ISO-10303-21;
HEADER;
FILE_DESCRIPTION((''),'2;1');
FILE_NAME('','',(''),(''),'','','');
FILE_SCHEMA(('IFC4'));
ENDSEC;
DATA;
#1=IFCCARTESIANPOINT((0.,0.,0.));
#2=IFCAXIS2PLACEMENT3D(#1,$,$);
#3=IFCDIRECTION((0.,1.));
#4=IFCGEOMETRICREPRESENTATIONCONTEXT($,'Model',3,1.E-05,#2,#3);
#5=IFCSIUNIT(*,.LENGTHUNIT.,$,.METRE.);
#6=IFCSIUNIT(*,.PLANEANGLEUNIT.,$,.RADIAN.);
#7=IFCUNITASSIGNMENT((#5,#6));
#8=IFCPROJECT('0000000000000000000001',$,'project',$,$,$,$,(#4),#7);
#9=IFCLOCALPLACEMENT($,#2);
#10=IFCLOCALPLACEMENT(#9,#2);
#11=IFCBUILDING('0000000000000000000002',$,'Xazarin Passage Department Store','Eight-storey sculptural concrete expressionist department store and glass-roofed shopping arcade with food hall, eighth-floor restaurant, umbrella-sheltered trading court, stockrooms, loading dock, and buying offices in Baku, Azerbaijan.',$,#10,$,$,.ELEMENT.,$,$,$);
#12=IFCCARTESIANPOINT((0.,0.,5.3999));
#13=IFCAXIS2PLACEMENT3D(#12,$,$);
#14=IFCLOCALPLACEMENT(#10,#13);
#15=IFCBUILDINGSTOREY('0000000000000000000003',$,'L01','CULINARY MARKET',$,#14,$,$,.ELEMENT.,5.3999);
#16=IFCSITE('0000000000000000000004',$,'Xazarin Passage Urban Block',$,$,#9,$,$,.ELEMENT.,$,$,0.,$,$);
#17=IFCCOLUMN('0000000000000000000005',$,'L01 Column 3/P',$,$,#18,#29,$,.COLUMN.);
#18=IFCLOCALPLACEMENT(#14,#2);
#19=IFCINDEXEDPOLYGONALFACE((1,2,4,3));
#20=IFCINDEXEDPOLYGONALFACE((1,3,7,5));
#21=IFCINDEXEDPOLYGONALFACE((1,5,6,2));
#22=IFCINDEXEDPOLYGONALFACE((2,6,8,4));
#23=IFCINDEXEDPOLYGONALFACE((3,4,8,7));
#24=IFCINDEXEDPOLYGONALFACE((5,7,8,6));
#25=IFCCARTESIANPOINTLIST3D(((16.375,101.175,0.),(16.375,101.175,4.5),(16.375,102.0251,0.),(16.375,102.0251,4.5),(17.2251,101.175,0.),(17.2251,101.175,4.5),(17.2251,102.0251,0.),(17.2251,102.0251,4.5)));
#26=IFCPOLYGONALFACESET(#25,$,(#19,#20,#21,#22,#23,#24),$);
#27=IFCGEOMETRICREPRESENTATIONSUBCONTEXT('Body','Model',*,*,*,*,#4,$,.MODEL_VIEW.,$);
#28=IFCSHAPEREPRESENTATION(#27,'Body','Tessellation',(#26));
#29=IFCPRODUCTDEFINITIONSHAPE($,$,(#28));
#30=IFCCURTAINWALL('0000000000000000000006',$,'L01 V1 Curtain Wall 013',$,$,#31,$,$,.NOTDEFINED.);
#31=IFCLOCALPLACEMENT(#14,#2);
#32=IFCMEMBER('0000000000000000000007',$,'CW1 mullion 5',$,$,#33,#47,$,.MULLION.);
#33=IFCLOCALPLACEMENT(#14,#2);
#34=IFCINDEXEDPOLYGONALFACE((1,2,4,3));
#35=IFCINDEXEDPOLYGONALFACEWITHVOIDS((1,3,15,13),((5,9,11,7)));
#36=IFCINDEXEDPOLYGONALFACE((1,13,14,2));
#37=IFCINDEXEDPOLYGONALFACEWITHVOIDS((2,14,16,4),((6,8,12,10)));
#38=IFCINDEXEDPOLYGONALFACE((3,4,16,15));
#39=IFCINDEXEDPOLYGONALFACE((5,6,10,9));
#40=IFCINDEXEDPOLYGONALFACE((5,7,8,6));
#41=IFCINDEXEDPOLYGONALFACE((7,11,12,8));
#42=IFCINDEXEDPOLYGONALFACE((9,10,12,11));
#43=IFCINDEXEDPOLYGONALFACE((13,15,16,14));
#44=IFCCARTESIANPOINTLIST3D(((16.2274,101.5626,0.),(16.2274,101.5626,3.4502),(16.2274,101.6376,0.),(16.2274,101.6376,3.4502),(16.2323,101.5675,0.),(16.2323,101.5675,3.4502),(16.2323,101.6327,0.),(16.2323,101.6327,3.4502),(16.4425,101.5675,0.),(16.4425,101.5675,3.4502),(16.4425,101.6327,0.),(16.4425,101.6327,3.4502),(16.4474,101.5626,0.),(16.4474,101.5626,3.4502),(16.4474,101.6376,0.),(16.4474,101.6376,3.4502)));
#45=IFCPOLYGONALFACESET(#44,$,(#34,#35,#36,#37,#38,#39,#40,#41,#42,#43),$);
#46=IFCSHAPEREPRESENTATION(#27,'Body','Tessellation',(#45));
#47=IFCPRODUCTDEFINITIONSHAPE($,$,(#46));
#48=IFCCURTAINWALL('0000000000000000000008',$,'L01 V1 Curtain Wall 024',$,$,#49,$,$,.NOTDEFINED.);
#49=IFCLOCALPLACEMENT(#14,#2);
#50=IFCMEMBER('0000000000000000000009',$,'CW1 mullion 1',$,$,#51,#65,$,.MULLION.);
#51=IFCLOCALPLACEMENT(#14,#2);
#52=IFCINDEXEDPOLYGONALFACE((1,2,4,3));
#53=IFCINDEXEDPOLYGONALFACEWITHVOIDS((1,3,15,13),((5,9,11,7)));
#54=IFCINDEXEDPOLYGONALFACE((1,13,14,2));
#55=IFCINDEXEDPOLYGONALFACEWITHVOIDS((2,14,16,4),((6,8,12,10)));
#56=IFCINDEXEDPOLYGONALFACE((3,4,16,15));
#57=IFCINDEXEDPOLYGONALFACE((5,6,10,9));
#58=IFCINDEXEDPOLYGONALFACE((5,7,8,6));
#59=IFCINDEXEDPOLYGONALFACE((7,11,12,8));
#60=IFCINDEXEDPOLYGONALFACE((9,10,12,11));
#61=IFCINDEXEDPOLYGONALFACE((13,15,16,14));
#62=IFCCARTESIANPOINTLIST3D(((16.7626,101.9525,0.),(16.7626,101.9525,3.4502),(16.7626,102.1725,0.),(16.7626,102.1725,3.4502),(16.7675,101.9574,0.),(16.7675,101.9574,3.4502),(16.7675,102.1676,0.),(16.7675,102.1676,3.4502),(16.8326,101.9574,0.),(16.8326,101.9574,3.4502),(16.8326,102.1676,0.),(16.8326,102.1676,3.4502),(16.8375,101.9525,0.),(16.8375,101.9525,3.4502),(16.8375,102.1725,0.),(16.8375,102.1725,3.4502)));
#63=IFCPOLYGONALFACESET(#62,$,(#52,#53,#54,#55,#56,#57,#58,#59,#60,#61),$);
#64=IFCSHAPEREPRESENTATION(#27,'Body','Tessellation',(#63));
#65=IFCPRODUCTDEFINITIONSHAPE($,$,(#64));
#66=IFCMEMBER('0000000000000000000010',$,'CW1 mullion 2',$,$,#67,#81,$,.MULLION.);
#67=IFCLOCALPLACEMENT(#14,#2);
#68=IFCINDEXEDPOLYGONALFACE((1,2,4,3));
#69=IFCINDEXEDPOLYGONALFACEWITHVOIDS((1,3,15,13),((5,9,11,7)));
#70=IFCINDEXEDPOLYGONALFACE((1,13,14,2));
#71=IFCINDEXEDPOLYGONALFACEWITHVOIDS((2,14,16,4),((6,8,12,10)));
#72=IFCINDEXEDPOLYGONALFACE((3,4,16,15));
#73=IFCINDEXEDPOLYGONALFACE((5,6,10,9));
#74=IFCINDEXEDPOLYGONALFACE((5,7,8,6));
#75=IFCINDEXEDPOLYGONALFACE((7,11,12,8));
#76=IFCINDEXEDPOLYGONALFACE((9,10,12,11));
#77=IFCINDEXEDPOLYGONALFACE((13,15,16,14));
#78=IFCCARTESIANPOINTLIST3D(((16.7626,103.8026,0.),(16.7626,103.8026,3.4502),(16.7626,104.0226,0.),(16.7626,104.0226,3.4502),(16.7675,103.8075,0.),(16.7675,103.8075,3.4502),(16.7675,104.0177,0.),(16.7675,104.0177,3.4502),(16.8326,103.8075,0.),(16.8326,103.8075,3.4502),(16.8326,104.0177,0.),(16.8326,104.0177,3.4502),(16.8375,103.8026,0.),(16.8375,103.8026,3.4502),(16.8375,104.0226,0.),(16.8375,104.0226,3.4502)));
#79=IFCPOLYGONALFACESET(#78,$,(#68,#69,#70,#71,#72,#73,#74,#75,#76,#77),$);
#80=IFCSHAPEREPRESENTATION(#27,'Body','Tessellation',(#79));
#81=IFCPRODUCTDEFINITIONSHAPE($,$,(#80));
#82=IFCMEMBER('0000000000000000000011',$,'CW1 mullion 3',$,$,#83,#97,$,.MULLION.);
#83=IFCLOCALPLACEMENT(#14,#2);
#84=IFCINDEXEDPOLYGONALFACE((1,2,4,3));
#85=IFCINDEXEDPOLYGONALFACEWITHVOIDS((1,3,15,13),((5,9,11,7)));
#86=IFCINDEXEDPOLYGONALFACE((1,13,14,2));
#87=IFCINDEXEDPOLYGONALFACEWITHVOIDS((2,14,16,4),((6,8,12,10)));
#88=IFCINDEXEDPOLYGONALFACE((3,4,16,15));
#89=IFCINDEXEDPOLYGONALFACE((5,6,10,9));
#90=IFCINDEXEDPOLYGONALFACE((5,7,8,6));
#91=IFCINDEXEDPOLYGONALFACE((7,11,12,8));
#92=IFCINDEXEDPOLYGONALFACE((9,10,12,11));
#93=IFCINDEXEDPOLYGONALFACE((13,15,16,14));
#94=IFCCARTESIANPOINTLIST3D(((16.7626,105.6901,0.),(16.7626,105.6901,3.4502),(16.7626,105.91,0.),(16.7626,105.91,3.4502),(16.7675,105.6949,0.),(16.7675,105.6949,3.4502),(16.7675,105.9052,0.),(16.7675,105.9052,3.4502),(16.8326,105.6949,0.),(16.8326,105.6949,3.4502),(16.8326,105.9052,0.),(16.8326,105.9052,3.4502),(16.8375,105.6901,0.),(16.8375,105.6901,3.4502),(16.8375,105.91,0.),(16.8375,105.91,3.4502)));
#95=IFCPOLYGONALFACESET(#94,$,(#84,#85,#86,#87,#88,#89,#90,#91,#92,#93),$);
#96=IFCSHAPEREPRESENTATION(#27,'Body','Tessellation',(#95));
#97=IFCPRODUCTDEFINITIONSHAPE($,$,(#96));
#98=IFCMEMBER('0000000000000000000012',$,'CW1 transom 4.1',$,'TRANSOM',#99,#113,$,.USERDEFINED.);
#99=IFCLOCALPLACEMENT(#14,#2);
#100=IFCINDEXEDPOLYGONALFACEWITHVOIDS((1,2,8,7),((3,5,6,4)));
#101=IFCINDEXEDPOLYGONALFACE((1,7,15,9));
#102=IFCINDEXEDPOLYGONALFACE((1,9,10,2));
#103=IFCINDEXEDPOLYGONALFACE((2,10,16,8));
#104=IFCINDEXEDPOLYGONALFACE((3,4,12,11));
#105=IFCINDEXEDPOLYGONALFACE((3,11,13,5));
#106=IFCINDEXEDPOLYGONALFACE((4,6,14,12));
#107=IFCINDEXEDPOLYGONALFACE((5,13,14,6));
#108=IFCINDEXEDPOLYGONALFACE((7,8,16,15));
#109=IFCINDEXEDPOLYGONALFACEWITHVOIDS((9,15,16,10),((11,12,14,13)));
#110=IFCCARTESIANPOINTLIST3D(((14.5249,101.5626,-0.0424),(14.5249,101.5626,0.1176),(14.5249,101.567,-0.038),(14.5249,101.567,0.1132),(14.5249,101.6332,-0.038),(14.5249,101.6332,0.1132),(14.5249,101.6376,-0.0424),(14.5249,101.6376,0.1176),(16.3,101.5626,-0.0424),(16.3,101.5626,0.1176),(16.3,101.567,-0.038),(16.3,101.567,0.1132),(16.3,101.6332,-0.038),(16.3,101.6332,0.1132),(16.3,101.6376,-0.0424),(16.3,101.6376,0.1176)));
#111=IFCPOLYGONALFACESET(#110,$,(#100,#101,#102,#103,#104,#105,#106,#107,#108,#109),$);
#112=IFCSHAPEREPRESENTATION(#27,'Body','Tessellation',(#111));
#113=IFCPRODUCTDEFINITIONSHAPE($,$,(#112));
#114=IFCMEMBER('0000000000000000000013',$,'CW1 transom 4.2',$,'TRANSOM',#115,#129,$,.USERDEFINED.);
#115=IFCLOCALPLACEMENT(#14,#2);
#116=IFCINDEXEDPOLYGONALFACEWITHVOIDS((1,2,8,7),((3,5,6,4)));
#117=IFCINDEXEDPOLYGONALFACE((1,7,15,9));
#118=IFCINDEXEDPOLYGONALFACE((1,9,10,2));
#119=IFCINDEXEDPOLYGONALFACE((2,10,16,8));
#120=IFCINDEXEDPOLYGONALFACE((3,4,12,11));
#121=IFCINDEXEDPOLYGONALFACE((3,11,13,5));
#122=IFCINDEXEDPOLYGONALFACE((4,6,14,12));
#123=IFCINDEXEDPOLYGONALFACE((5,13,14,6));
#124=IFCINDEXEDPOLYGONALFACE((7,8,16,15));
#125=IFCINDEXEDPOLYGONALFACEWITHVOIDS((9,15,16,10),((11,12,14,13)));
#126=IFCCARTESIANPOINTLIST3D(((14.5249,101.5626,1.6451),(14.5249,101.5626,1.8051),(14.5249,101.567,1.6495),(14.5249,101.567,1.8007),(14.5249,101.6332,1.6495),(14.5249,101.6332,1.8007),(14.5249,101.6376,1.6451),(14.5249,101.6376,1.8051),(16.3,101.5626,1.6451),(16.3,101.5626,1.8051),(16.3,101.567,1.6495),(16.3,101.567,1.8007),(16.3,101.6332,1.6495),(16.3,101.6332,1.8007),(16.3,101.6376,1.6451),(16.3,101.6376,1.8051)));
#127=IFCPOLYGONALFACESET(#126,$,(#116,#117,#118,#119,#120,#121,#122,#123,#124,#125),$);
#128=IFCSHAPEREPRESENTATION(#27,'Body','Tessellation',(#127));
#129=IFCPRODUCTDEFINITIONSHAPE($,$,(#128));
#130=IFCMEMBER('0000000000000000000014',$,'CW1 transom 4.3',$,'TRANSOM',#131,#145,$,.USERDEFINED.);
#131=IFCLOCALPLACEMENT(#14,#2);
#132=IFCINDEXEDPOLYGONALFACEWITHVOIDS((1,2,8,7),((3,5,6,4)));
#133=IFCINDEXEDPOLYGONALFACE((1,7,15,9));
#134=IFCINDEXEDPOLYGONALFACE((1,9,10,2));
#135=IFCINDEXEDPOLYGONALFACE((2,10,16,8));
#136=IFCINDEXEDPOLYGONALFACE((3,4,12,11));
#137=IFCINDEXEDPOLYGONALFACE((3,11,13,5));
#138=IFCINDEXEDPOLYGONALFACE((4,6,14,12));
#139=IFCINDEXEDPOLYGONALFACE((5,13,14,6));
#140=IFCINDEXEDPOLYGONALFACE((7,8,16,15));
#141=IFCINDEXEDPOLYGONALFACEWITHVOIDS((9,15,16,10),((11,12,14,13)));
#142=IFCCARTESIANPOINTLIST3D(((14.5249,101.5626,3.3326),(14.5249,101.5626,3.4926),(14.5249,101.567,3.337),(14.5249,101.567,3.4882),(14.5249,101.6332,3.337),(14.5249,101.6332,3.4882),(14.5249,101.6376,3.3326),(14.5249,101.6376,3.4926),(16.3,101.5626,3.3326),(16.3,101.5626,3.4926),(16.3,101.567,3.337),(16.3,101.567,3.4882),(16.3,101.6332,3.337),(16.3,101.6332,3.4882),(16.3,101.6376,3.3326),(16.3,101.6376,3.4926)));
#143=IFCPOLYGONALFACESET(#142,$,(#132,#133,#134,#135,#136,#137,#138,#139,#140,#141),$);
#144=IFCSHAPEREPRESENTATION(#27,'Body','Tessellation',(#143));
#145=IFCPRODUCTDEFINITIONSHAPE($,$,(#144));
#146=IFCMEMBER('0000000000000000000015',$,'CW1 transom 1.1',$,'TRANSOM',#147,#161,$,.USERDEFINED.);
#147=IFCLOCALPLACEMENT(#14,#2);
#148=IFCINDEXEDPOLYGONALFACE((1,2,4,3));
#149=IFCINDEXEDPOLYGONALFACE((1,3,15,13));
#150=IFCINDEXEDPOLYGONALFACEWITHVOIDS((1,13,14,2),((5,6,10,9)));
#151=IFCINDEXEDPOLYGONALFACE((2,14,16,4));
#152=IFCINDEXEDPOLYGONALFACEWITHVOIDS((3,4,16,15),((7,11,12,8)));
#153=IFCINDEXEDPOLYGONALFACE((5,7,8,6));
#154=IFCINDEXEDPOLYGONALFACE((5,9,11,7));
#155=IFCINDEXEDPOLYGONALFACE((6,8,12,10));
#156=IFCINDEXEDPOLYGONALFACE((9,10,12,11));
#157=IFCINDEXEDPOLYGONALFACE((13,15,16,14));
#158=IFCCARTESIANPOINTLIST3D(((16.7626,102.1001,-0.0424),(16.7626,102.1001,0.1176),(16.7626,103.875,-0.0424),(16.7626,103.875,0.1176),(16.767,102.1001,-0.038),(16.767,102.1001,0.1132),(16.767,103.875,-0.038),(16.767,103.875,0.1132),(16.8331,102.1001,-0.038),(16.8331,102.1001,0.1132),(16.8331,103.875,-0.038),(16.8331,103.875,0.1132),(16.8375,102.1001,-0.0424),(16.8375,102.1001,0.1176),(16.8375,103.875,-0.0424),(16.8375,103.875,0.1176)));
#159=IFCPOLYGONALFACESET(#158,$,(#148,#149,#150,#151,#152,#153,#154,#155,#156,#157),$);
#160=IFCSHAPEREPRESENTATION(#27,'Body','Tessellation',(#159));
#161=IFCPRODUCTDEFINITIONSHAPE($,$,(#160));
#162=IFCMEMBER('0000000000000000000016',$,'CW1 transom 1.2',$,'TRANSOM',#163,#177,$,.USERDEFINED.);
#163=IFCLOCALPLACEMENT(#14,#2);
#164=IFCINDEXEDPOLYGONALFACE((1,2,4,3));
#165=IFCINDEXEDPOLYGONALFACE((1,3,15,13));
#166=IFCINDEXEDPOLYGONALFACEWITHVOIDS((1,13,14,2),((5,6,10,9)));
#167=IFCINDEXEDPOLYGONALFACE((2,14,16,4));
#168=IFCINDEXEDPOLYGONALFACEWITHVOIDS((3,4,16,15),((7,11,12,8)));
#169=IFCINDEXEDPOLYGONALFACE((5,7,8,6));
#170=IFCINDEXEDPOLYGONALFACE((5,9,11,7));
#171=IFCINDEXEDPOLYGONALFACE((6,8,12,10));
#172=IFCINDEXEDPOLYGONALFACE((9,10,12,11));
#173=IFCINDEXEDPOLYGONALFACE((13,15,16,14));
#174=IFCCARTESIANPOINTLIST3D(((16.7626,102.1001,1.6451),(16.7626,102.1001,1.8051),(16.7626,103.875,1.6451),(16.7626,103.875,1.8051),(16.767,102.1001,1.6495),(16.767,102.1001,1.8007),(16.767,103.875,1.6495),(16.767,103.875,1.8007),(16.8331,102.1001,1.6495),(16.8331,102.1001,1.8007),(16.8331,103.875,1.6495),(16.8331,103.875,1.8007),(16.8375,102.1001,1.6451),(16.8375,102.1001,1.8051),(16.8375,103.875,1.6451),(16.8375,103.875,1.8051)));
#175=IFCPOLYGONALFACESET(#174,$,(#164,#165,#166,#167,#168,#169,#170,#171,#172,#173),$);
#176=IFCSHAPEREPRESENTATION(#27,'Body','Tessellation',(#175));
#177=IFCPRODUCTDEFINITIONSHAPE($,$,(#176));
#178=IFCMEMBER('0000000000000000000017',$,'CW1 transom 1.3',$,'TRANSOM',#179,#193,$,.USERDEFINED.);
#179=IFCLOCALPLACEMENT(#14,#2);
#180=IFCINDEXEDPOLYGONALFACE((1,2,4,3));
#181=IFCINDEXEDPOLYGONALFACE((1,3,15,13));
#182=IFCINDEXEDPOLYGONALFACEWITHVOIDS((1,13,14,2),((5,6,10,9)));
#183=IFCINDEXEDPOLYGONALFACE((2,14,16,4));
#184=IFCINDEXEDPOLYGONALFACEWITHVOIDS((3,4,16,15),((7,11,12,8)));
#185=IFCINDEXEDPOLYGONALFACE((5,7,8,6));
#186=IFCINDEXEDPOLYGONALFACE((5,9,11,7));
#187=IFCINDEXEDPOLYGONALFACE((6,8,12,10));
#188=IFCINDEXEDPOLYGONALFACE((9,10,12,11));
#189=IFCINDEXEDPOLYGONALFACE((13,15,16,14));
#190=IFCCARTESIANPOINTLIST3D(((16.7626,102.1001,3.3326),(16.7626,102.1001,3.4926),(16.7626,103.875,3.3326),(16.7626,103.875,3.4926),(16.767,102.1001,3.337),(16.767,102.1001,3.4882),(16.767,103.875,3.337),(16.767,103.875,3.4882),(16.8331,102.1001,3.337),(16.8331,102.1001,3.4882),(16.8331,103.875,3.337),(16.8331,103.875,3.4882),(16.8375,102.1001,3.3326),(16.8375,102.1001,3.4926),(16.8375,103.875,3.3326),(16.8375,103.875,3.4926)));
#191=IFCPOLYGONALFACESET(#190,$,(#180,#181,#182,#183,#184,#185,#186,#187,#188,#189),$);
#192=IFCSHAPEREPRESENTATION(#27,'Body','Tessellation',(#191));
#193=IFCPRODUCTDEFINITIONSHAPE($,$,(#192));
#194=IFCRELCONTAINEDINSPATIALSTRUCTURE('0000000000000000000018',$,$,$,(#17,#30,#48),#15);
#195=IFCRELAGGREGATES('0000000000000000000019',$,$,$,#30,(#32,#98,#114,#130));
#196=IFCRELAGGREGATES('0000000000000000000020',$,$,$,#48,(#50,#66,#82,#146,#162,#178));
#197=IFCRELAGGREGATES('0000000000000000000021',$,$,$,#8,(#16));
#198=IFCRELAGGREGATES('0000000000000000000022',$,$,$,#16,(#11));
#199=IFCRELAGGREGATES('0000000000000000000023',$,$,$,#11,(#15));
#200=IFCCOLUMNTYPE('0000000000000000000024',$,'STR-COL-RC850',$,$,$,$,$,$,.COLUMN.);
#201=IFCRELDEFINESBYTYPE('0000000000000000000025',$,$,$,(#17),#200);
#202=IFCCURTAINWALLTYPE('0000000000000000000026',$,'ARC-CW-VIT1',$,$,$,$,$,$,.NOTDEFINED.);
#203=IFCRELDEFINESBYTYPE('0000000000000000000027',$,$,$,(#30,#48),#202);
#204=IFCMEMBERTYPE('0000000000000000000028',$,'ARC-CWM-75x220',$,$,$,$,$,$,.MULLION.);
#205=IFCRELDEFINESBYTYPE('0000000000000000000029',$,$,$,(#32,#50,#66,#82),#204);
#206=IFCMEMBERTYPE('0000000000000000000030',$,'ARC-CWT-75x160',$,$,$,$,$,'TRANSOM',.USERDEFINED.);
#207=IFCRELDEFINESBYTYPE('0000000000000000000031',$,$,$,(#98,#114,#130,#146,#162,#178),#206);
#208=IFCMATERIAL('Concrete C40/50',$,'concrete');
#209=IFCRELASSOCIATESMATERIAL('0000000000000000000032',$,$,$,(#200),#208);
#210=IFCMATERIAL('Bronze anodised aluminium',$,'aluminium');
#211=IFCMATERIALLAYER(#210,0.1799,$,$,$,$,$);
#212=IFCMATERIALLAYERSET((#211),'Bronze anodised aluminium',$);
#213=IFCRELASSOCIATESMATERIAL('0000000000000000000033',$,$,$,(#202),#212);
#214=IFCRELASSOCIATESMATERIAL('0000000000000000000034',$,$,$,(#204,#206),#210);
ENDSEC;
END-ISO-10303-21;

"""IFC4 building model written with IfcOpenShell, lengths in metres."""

from ifc_helpers import new_model, si_unit, direction, frame, origin, origin_2d, place, context, subcontext, project, spatial, rectangle, hollow_rectangle, extrude, material, layer, layer_set, material_profile, profile_set, type_object, element, aggregate, save


model = new_model("IFC4")

# Units and contexts
model_context = context("Model", 3, precision=1e-05, world=origin(), true_north=direction((0.0, 1.0)))
body_context = subcontext(model_context, "Body", "Model", "MODEL_VIEW")
ifc_project = project(units=[si_unit("LENGTHUNIT", "METRE"), si_unit("PLANEANGLEUNIT", "RADIAN")], contexts=[model_context])

# Site, building, storey
site_placement = place(None, origin())
site = spatial("IfcSite", under=ifc_project, at=site_placement, Name="Xazarin Passage Urban Block", CompositionType="ELEMENT", RefElevation=0.0)
building_placement = place(site_placement, origin())
building = spatial("IfcBuilding", under=site, at=building_placement, Name="Xazarin Passage Department Store", Description="Eight-storey sculptural concrete expressionist department store and glass-roofed shopping arcade with food hall, eighth-floor restaurant, umbrella-sheltered trading court, stockrooms, loading dock, and buying offices in Baku, Azerbaijan.", CompositionType="ELEMENT")
storey_placement = place(building_placement, frame((0.0, 0.0, 5.3999)))
storey = spatial("IfcBuildingStorey", under=building, at=storey_placement, Name="L01", Description="CULINARY MARKET", CompositionType="ELEMENT", Elevation=5.3999)

# Column
ifc_material_1 = material(Name="Concrete C40/50", Category="concrete")
ifc_material_profile_1 = material_profile(ifc_material_1, rectangle(XDim=0.8501, YDim=0.8501, at=origin_2d()), Name="RC 850x850")
ifc_profile_set_1 = profile_set([ifc_material_profile_1], Name="Concrete C40/50")
column_type = type_object("IfcColumnType", Name="STR-COL-RC850", PredefinedType="COLUMN", material=ifc_profile_set_1)
column_placement = place(storey_placement, frame((16.8, 101.6001, 0.0), z_axis=(0.0, 0.0, 1.0), x_axis=(1.0, 0.0, 0.0)))
element("IfcColumn", 1, at=column_placement, inside=storey, type_object=column_type, Name="L01 Column 3/P", PredefinedType="COLUMN", context=body_context, shape_type="SweptSolid", body=[
    extrude(rectangle(XDim=0.8501, YDim=0.8501, at=origin_2d()), origin(), (0.0, 0.0, 1.0), 4.5),
])

# Curtain wall, member
ifc_material_2 = material(Name="Bronze anodised aluminium", Category="aluminium")
ifc_layer_1 = layer(ifc_material_2, 0.1799)
ifc_layer_set_1 = layer_set([ifc_layer_1], Name="Bronze anodised aluminium")
curtain_wall_type = type_object("IfcCurtainWallType", Name="ARC-CW-VIT1", PredefinedType="NOTDEFINED", material=ifc_layer_set_1)
curtain_wall_1_placement = place(storey_placement, origin())
curtain_wall_1 = element("IfcCurtainWall", 2, at=curtain_wall_1_placement, inside=storey, type_object=curtain_wall_type, Name="L01 V1 Curtain Wall 013", PredefinedType="NOTDEFINED")
ifc_material_profile_2 = material_profile(ifc_material_2, hollow_rectangle(XDim=0.075, YDim=0.22, WallThickness=0.0049, at=origin_2d()), Name="ALU 75x220")
ifc_profile_set_2 = profile_set([ifc_material_profile_2], Name="Bronze anodised aluminium")
member_type_1 = type_object("IfcMemberType", Name="ARC-CWM-75x220", PredefinedType="MULLION", material=ifc_profile_set_2)
member_1_placement = place(storey_placement, frame((16.3374, 101.6001, 0.0), z_axis=(0.0, 0.0, 1.0), x_axis=(0.0, 1.0, 0.0)))
member_1 = element("IfcMember", 3, at=member_1_placement, type_object=member_type_1, Name="CW1 mullion 5", PredefinedType="MULLION", context=body_context, shape_type="SweptSolid", body=[
    extrude(hollow_rectangle(XDim=0.075, YDim=0.22, WallThickness=0.0049, at=origin_2d()), origin(), (0.0, 0.0, 1.0), 3.4502),
])

# Curtain wall, members
curtain_wall_2_placement = place(storey_placement, origin())
curtain_wall_2 = element("IfcCurtainWall", 4, at=curtain_wall_2_placement, inside=storey, type_object=curtain_wall_type, Name="L01 V1 Curtain Wall 024", PredefinedType="NOTDEFINED")
member_2_placement = place(storey_placement, frame((16.8, 102.0625, 0.0), z_axis=(0.0, 0.0, 1.0), x_axis=(-1.0, 0.0, 0.0)))
member_2 = element("IfcMember", 5, at=member_2_placement, type_object=member_type_1, Name="CW1 mullion 1", PredefinedType="MULLION", context=body_context, shape_type="SweptSolid", body=[
    extrude(hollow_rectangle(XDim=0.075, YDim=0.22, WallThickness=0.0049, at=origin_2d()), origin(), (0.0, 0.0, 1.0), 3.4502),
])
member_3_placement = place(storey_placement, frame((16.8, 103.9126, 0.0), z_axis=(0.0, 0.0, 1.0), x_axis=(-1.0, 0.0, 0.0)))
member_3 = element("IfcMember", 6, at=member_3_placement, type_object=member_type_1, Name="CW1 mullion 2", PredefinedType="MULLION", context=body_context, shape_type="SweptSolid", body=[
    extrude(hollow_rectangle(XDim=0.075, YDim=0.22, WallThickness=0.0049, at=origin_2d()), origin(), (0.0, 0.0, 1.0), 3.4502),
])
member_4_placement = place(storey_placement, frame((16.8, 105.8, 0.0), z_axis=(0.0, 0.0, 1.0), x_axis=(-1.0, 0.0, 0.0)))
member_4 = element("IfcMember", 7, at=member_4_placement, type_object=member_type_1, Name="CW1 mullion 3", PredefinedType="MULLION", context=body_context, shape_type="SweptSolid", body=[
    extrude(hollow_rectangle(XDim=0.075, YDim=0.22, WallThickness=0.0049, at=origin_2d()), origin(), (0.0, 0.0, 1.0), 3.4502),
])

# Members
ifc_material_profile_3 = material_profile(ifc_material_2, hollow_rectangle(XDim=0.075, YDim=0.1599, WallThickness=0.0044, at=origin_2d()), Name="ALU 75x160")
ifc_profile_set_3 = profile_set([ifc_material_profile_3], Name="Bronze anodised aluminium")
member_type_2 = type_object("IfcMemberType", Name="ARC-CWT-75x160", ElementType="TRANSOM", PredefinedType="USERDEFINED", material=ifc_profile_set_3)
member_5_placement = place(storey_placement, frame((14.5249, 101.6001, 0.0376), z_axis=(1.0, 0.0, 0.0), x_axis=(0.0, 1.0, 0.0)))
member_5 = element("IfcMember", 8, at=member_5_placement, type_object=member_type_2, Name="CW1 transom 4.1", ObjectType="TRANSOM", PredefinedType="USERDEFINED", context=body_context, shape_type="SweptSolid", body=[
    extrude(hollow_rectangle(XDim=0.075, YDim=0.1599, WallThickness=0.0044, at=origin_2d()), origin(), (0.0, 0.0, 1.0), 1.7751),
])
member_6_placement = place(storey_placement, frame((14.5249, 101.6001, 1.7251), z_axis=(1.0, 0.0, 0.0), x_axis=(0.0, 1.0, 0.0)))
member_6 = element("IfcMember", 9, at=member_6_placement, type_object=member_type_2, Name="CW1 transom 4.2", ObjectType="TRANSOM", PredefinedType="USERDEFINED", context=body_context, shape_type="SweptSolid", body=[
    extrude(hollow_rectangle(XDim=0.075, YDim=0.1599, WallThickness=0.0044, at=origin_2d()), origin(), (0.0, 0.0, 1.0), 1.7751),
])
member_7_placement = place(storey_placement, frame((14.5249, 101.6001, 3.4126), z_axis=(1.0, 0.0, 0.0), x_axis=(0.0, 1.0, 0.0)))
member_7 = element("IfcMember", 10, at=member_7_placement, type_object=member_type_2, Name="CW1 transom 4.3", ObjectType="TRANSOM", PredefinedType="USERDEFINED", context=body_context, shape_type="SweptSolid", body=[
    extrude(hollow_rectangle(XDim=0.075, YDim=0.1599, WallThickness=0.0044, at=origin_2d()), origin(), (0.0, 0.0, 1.0), 1.7751),
])
member_8_placement = place(storey_placement, frame((16.8, 102.1001, 0.0376), z_axis=(0.0, 1.0, 0.0), x_axis=(-1.0, 0.0, 0.0)))
member_8 = element("IfcMember", 11, at=member_8_placement, type_object=member_type_2, Name="CW1 transom 1.1", ObjectType="TRANSOM", PredefinedType="USERDEFINED", context=body_context, shape_type="SweptSolid", body=[
    extrude(hollow_rectangle(XDim=0.075, YDim=0.1599, WallThickness=0.0044, at=origin_2d()), origin(), (0.0, 0.0, 1.0), 1.7749),
])
member_9_placement = place(storey_placement, frame((16.8, 102.1001, 1.7251), z_axis=(0.0, 1.0, 0.0), x_axis=(-1.0, 0.0, 0.0)))
member_9 = element("IfcMember", 12, at=member_9_placement, type_object=member_type_2, Name="CW1 transom 1.2", ObjectType="TRANSOM", PredefinedType="USERDEFINED", context=body_context, shape_type="SweptSolid", body=[
    extrude(hollow_rectangle(XDim=0.075, YDim=0.1599, WallThickness=0.0044, at=origin_2d()), origin(), (0.0, 0.0, 1.0), 1.7749),
])
member_10_placement = place(storey_placement, frame((16.8, 102.1001, 3.4126), z_axis=(0.0, 1.0, 0.0), x_axis=(-1.0, 0.0, 0.0)))
member_10 = element("IfcMember", 13, at=member_10_placement, type_object=member_type_2, Name="CW1 transom 1.3", ObjectType="TRANSOM", PredefinedType="USERDEFINED", context=body_context, shape_type="SweptSolid", body=[
    extrude(hollow_rectangle(XDim=0.075, YDim=0.1599, WallThickness=0.0044, at=origin_2d()), origin(), (0.0, 0.0, 1.0), 1.7749),
])

aggregate(curtain_wall_1, [member_1, member_5, member_6, member_7])
aggregate(curtain_wall_2, [member_2, member_3, member_4, member_8, member_9, member_10])

save(model, "model.ifc")
